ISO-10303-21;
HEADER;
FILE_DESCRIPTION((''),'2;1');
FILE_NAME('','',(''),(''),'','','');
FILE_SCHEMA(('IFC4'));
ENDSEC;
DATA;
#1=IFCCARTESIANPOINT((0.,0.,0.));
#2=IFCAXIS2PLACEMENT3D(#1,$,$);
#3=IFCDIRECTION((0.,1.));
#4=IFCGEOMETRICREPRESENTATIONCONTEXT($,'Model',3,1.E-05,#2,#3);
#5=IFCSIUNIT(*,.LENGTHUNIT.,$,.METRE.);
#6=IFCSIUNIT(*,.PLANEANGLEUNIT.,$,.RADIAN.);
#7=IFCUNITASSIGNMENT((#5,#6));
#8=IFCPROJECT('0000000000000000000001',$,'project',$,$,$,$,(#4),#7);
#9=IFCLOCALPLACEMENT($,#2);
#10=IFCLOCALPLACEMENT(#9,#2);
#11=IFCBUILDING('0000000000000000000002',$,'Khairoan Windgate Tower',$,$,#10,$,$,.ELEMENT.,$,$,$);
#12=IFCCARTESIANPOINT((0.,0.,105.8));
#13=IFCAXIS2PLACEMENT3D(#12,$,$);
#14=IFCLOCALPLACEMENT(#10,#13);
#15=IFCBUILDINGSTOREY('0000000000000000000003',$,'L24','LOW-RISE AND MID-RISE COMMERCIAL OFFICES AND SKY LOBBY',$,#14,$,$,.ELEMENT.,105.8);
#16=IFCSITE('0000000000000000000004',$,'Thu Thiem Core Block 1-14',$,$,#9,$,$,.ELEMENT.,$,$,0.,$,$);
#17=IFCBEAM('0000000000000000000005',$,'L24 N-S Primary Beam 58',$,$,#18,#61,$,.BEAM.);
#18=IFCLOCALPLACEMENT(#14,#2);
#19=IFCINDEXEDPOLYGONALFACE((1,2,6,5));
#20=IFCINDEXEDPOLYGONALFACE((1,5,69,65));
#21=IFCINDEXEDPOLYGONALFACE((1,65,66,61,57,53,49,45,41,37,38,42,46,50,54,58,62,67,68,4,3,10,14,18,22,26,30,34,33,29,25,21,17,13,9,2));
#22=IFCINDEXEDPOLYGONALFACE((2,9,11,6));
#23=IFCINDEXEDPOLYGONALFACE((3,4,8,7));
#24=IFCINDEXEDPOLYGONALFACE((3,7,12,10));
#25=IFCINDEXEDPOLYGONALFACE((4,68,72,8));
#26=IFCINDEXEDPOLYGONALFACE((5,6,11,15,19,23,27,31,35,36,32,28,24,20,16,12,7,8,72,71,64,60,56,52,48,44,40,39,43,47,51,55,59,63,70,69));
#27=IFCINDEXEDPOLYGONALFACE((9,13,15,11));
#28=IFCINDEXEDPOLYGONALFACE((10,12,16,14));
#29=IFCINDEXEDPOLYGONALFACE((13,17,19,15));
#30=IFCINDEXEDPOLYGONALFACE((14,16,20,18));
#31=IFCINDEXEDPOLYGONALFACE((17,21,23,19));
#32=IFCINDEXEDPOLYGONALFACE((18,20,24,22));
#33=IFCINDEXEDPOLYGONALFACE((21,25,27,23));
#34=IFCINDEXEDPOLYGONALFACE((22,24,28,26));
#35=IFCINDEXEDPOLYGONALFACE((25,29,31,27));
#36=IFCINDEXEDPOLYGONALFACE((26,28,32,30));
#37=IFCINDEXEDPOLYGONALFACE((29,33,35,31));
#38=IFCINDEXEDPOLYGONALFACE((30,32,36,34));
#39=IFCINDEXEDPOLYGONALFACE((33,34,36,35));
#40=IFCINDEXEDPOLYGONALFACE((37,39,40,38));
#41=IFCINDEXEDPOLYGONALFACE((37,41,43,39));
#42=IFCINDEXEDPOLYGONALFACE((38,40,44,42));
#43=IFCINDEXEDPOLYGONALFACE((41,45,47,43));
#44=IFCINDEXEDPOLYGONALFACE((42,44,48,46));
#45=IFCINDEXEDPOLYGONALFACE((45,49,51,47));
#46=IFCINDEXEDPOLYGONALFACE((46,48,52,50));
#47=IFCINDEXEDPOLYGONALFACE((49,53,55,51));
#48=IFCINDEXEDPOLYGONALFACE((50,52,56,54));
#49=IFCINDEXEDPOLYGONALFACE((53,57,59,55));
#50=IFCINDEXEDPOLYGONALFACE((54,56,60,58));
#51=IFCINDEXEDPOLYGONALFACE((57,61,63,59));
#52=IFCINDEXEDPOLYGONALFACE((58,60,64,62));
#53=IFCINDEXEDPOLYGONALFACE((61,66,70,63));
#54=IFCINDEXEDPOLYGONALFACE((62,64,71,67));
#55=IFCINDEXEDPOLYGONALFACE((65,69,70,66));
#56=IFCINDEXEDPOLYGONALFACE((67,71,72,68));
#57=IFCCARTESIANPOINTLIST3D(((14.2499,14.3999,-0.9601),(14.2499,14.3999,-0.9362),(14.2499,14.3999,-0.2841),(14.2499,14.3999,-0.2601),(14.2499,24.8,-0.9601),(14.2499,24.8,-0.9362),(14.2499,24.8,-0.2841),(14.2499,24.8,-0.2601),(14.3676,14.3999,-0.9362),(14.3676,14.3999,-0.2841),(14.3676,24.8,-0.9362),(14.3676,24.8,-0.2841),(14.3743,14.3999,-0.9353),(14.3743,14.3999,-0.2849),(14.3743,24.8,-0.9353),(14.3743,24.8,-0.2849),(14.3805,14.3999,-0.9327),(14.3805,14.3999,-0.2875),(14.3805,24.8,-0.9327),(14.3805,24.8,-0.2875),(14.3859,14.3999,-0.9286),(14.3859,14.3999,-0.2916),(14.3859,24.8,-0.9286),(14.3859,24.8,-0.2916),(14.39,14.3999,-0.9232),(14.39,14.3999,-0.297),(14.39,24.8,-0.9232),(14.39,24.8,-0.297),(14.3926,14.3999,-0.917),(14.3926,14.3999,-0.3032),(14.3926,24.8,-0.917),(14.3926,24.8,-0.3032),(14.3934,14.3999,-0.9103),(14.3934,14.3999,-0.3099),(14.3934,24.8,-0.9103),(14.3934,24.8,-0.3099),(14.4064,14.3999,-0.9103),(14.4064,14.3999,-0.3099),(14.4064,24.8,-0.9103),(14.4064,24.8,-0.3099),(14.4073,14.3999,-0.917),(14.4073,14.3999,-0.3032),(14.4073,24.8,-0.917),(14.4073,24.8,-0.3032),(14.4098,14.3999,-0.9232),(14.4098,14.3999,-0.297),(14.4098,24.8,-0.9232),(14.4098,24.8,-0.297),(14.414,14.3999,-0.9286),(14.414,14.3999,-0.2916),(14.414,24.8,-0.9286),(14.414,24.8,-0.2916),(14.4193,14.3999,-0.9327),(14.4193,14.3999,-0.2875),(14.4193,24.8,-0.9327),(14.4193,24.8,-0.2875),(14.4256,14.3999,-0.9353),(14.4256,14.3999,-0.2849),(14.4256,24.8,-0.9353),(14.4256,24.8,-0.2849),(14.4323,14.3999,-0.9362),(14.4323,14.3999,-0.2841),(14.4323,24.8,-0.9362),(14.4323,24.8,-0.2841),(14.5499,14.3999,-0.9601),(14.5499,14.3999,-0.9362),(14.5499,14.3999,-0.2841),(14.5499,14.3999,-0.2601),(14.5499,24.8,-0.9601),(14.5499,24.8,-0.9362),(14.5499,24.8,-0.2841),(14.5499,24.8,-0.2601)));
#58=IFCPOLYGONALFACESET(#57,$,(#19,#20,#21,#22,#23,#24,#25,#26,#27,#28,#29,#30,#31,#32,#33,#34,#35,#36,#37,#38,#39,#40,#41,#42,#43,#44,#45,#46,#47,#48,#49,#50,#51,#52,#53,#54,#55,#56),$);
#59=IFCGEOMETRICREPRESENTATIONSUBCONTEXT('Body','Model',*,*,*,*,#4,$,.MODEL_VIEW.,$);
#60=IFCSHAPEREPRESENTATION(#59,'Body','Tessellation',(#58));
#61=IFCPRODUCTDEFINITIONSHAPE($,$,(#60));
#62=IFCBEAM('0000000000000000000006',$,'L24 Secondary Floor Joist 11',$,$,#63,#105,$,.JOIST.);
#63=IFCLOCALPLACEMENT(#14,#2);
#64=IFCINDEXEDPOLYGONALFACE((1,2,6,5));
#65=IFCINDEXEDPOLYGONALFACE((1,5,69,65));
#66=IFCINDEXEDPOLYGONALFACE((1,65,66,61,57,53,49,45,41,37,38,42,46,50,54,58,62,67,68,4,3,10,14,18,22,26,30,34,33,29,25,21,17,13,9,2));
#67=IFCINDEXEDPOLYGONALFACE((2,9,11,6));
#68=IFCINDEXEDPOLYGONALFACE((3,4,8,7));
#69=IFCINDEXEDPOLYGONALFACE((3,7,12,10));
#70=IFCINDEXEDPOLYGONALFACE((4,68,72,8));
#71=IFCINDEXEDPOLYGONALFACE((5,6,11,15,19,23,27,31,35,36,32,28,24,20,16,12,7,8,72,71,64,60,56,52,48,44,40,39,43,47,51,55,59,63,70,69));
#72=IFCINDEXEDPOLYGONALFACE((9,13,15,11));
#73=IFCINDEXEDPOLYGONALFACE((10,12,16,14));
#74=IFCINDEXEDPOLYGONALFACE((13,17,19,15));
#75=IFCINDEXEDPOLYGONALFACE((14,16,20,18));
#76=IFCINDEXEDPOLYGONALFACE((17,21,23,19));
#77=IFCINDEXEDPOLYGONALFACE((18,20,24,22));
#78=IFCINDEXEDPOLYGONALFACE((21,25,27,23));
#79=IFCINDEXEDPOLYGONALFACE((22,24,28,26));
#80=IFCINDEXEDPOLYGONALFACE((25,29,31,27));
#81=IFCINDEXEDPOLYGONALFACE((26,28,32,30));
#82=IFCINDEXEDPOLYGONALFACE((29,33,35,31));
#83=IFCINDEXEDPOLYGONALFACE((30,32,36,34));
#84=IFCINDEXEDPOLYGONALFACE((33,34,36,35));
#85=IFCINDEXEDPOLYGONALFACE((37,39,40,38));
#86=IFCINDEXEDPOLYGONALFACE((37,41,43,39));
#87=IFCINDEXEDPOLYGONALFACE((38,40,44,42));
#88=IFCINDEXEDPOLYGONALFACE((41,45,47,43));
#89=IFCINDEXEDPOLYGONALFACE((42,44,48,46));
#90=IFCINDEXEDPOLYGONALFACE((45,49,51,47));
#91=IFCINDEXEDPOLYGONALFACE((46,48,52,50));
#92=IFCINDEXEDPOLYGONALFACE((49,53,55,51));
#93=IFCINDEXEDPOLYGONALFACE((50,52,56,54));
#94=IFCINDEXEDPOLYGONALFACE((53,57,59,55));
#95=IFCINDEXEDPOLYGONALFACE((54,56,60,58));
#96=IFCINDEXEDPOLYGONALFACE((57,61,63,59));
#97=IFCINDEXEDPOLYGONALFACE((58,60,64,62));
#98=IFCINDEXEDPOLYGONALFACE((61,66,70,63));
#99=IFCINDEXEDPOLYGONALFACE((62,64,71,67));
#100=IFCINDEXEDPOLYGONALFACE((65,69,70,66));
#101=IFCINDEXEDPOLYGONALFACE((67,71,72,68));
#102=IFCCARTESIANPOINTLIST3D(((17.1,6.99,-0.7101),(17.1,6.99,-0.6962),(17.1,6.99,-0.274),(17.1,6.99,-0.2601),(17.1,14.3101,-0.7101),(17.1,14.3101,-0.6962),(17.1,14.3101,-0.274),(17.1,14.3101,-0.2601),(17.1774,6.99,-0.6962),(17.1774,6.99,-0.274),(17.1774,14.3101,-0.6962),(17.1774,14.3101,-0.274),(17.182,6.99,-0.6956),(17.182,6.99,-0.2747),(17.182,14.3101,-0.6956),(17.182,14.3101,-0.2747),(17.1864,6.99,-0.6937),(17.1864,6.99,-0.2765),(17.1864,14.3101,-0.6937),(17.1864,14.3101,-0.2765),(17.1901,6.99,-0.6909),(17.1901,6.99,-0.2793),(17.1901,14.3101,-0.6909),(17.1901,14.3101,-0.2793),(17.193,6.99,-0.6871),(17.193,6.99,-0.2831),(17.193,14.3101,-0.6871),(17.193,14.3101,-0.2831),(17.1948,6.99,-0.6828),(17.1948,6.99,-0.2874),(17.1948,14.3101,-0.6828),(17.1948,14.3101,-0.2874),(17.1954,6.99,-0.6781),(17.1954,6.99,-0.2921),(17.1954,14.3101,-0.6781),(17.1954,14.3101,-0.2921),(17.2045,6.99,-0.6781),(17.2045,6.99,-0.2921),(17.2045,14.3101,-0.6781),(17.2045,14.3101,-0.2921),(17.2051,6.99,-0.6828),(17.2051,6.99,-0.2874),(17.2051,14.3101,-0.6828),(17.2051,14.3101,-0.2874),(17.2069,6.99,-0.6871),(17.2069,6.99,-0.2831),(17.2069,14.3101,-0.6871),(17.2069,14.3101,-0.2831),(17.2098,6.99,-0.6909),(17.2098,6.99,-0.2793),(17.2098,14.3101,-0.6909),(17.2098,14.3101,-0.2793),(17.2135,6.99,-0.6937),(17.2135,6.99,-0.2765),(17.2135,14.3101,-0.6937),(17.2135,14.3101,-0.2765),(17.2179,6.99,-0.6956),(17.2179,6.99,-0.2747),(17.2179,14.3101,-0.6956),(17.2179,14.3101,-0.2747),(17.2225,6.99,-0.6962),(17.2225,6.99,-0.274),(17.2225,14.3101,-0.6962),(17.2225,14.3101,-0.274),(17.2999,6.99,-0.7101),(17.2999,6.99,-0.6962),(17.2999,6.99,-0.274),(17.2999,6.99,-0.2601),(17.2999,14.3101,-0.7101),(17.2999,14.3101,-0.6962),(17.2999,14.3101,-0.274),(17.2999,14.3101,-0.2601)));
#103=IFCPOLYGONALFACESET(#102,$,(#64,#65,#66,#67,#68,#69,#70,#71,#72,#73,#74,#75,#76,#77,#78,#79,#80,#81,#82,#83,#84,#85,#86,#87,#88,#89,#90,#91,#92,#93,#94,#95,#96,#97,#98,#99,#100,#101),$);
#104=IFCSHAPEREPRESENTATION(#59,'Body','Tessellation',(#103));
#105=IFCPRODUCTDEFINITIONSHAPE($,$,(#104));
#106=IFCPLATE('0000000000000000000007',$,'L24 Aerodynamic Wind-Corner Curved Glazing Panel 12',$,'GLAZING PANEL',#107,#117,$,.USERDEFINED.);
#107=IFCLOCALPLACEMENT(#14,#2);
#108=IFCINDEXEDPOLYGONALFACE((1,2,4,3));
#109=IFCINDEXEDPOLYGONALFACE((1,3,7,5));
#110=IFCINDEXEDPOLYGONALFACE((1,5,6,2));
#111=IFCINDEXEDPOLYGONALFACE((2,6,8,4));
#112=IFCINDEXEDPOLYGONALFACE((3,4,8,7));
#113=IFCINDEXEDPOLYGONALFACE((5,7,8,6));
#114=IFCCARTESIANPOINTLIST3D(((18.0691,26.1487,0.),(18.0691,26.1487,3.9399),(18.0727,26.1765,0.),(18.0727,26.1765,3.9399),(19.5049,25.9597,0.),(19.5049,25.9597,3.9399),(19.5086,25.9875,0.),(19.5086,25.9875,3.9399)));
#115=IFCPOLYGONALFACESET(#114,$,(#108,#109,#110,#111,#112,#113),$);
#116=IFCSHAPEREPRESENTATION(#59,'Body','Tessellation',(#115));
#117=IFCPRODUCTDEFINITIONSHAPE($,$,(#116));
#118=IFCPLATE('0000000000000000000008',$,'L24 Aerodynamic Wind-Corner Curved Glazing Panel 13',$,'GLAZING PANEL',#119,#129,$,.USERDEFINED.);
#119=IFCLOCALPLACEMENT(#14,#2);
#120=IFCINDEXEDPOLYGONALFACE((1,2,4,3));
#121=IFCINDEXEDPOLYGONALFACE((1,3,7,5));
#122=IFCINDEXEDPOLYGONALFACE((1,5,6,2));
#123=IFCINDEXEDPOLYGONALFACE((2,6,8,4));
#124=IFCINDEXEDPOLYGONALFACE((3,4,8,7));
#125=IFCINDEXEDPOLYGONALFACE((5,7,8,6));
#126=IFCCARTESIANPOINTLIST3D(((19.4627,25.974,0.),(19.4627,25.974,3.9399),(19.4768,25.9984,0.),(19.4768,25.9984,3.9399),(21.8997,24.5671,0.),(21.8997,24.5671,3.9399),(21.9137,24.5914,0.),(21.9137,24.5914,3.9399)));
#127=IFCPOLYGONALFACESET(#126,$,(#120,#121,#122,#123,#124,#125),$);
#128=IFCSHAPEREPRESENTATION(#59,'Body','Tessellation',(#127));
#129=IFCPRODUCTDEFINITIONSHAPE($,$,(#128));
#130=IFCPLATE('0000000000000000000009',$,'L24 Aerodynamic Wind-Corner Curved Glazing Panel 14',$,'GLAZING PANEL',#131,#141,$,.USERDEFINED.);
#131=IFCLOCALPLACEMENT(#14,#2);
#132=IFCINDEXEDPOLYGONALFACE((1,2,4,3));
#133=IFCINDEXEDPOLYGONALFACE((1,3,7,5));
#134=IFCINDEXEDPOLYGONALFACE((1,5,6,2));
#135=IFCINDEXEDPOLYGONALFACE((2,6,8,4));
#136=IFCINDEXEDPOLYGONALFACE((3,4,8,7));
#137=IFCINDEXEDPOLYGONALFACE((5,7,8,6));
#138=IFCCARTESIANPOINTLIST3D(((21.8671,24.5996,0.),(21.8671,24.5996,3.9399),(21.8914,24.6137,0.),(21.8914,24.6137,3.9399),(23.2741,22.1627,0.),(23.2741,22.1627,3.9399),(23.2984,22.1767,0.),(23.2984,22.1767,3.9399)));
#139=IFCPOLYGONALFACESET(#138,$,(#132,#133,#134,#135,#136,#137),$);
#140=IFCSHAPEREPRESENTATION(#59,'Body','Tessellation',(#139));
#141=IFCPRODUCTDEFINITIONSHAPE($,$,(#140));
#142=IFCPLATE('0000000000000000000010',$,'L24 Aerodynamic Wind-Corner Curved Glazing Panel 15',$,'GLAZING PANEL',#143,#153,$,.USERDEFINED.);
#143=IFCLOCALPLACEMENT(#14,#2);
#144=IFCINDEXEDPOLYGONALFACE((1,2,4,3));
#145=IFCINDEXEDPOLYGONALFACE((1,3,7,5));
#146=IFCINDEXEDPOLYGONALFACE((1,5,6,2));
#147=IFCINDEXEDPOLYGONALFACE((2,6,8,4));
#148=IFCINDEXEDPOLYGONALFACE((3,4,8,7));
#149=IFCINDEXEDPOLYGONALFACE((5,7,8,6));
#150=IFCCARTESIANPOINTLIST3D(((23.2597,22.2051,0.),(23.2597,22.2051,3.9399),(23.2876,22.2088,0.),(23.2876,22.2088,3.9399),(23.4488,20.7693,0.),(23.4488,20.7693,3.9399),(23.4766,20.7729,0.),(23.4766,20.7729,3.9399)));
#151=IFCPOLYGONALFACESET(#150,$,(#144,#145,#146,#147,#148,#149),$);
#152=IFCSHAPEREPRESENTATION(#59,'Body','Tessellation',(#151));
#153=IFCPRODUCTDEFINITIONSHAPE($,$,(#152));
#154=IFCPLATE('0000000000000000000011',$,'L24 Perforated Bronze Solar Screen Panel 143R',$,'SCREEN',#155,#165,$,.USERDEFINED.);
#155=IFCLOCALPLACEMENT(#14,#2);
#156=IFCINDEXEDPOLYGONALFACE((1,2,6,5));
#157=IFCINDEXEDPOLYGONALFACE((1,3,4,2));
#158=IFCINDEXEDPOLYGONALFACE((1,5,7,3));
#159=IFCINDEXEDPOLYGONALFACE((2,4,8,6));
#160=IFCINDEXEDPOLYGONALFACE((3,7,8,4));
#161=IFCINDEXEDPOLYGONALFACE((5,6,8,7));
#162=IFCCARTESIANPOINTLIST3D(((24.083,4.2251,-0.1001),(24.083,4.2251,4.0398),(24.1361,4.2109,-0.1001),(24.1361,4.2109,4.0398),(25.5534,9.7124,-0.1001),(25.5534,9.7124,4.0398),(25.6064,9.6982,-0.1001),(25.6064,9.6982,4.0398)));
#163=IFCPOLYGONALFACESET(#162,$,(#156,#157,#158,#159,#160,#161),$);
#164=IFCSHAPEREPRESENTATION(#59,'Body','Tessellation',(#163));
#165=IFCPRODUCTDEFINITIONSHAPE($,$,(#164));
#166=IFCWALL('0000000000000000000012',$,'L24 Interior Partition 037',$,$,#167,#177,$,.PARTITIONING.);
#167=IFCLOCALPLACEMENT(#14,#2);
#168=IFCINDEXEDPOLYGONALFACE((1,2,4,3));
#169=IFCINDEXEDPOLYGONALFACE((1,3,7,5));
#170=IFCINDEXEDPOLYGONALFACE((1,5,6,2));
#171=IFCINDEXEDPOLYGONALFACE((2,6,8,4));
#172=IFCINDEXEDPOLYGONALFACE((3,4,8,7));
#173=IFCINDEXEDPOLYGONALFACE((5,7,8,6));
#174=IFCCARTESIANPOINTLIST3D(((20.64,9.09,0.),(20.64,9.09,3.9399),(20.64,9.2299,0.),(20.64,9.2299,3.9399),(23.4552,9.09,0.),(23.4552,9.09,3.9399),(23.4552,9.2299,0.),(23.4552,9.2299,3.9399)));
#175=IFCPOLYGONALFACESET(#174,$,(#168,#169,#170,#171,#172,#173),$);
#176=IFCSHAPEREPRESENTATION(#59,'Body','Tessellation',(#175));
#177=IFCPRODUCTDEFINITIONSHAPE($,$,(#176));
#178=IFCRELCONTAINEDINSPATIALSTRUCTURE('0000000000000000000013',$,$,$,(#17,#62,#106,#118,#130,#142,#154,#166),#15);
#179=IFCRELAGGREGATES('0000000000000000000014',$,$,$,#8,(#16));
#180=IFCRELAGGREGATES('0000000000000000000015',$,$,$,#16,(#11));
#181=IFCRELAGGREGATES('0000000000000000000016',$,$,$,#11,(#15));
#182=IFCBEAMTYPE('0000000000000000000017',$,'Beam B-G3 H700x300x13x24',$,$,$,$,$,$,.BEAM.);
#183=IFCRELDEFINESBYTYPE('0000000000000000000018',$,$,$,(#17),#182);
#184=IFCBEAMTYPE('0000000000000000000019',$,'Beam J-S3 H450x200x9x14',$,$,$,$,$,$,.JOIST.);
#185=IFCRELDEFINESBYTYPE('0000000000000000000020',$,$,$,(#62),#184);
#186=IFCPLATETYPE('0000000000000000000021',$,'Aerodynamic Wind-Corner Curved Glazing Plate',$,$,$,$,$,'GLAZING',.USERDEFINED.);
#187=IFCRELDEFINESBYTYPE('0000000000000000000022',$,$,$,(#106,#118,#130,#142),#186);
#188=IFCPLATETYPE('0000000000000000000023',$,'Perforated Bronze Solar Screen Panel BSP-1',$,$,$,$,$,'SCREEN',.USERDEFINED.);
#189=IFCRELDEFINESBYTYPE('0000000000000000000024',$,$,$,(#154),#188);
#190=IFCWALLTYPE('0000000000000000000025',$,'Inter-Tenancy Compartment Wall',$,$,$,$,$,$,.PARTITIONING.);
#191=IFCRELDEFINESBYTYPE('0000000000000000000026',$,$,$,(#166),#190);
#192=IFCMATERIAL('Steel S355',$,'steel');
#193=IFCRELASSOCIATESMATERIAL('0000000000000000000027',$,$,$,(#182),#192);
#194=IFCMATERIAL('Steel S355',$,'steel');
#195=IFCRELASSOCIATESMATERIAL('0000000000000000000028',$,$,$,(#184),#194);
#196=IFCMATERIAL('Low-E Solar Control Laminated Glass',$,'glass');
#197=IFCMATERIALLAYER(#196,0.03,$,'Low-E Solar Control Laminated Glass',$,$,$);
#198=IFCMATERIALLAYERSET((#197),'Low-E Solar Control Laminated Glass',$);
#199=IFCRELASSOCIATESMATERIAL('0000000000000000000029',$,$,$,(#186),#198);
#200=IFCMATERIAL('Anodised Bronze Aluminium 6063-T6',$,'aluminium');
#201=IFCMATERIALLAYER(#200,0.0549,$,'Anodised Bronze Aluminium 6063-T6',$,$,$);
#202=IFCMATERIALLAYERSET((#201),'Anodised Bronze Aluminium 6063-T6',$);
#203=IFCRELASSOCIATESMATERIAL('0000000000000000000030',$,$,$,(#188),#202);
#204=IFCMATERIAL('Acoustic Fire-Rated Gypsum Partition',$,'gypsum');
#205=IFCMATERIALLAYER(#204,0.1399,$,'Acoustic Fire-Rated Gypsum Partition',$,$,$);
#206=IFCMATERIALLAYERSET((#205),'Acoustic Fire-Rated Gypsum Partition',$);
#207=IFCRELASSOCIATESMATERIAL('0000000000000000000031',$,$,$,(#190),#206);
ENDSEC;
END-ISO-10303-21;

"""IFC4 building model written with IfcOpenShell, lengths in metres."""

from ifc_helpers import new_model, si_unit, direction, frame, frame_2d, origin, origin_2d, place, context, subcontext, project, spatial, rectangle, i_section, extrude, material, layer, layer_set, material_profile, profile_set, type_object, element, save


model = new_model("IFC4")

# Units and contexts
model_context = context("Model", 3, precision=1e-05, world=origin(), true_north=direction((0.0, 1.0)))
body_context = subcontext(model_context, "Body", "Model", "MODEL_VIEW")
ifc_project = project(units=[si_unit("LENGTHUNIT", "METRE"), si_unit("PLANEANGLEUNIT", "RADIAN")], contexts=[model_context])

# Site, building, storey
site_placement = place(None, origin())
site = spatial("IfcSite", under=ifc_project, at=site_placement, Name="Thu Thiem Core Block 1-14", CompositionType="ELEMENT", RefElevation=0.0)
building_placement = place(site_placement, origin())
building = spatial("IfcBuilding", under=site, at=building_placement, Name="Khairoan Windgate Tower", CompositionType="ELEMENT")
storey_placement = place(building_placement, frame((0.0, 0.0, 105.8)))
storey = spatial("IfcBuildingStorey", under=building, at=storey_placement, Name="L24", Description="LOW-RISE AND MID-RISE COMMERCIAL OFFICES AND SKY LOBBY", CompositionType="ELEMENT", Elevation=105.8)

# Beams
ifc_material_1 = material(Name="Steel S355", Category="steel")
ifc_material_profile_1 = material_profile(ifc_material_1, i_section(OverallWidth=0.3, OverallDepth=0.7, WebThickness=0.0129, FlangeThickness=0.0239, FilletRadius=0.0259, at=origin_2d()))
ifc_profile_set_1 = profile_set([ifc_material_profile_1], Name="Steel S355")
beam_type_1 = type_object("IfcBeamType", Name="Beam B-G3 H700x300x13x24", PredefinedType="BEAM", material=ifc_profile_set_1)
beam_1_placement = place(storey_placement, frame((14.3999, 14.3999, -0.6101), z_axis=(0.0, 1.0, 0.0), x_axis=(-1.0, 0.0, 0.0)))
element("IfcBeam", 1, at=beam_1_placement, inside=storey, type_object=beam_type_1, Name="L24 N-S Primary Beam 58", PredefinedType="BEAM", context=body_context, shape_type="SweptSolid", body=[
    extrude(i_section(OverallWidth=0.3, OverallDepth=0.7, WebThickness=0.0129, FlangeThickness=0.0239, FilletRadius=0.0259, at=origin_2d()), origin(), (0.0, 0.0, 1.0), 10.4001),
])
ifc_material_2 = material(Name="Steel S355", Category="steel")
ifc_material_profile_2 = material_profile(ifc_material_2, i_section(OverallWidth=0.2, OverallDepth=0.45, WebThickness=0.009, FlangeThickness=0.0139, FilletRadius=0.0181, at=origin_2d()))
ifc_profile_set_2 = profile_set([ifc_material_profile_2], Name="Steel S355")
beam_type_2 = type_object("IfcBeamType", Name="Beam J-S3 H450x200x9x14", PredefinedType="JOIST", material=ifc_profile_set_2)
beam_2_placement = place(storey_placement, frame((17.2, 6.99, -0.4851), z_axis=(0.0, 1.0, 0.0), x_axis=(-1.0, 0.0, 0.0)))
element("IfcBeam", 2, at=beam_2_placement, inside=storey, type_object=beam_type_2, Name="L24 Secondary Floor Joist 11", PredefinedType="JOIST", context=body_context, shape_type="SweptSolid", body=[
    extrude(i_section(OverallWidth=0.2, OverallDepth=0.45, WebThickness=0.009, FlangeThickness=0.0139, FilletRadius=0.0181, at=origin_2d()), origin(), (0.0, 0.0, 1.0), 7.3201),
])

# Plates
ifc_material_3 = material(Name="Low-E Solar Control Laminated Glass", Category="glass")
ifc_layer_1 = layer(ifc_material_3, 0.03, Name="Low-E Solar Control Laminated Glass")
ifc_layer_set_1 = layer_set([ifc_layer_1], Name="Low-E Solar Control Laminated Glass")
plate_type_1 = type_object("IfcPlateType", Name="Aerodynamic Wind-Corner Curved Glazing Plate", ElementType="GLAZING", PredefinedType="USERDEFINED", material=ifc_layer_set_1)
plate_1_placement = place(storey_placement, frame((18.7888, 26.0681, 0.0), z_axis=(0.0, 0.0, 1.0), x_axis=(0.991445, -0.130526, 0.0)))
element("IfcPlate", 3, at=plate_1_placement, inside=storey, type_object=plate_type_1, Name="L24 Aerodynamic Wind-Corner Curved Glazing Panel 12", ObjectType="GLAZING PANEL", PredefinedType="USERDEFINED", context=body_context, shape_type="SweptSolid", body=[
    extrude(rectangle(XDim=1.4482, YDim=0.0281, at=origin_2d()), origin(), (0.0, 0.0, 1.0), 3.9399),
])
for number, where, z_axis, x_axis, name in (
    (4, (20.6882, 25.2827, 0.0), (0.0, 0.0, 1.0), (0.866025, -0.5, 0.0), "L24 Aerodynamic Wind-Corner Curved Glazing Panel 13"),
    (5, (22.5828, 23.3882, 0.0), (0.0, 0.0, 1.0), (0.5, -0.866025, 0.0), "L24 Aerodynamic Wind-Corner Curved Glazing Panel 14"),
):
    element("IfcPlate", number, at=place(storey_placement, frame(where, z_axis=z_axis, x_axis=x_axis)), inside=storey, type_object=plate_type_1, Name=name, ObjectType="GLAZING PANEL", PredefinedType="USERDEFINED", context=body_context, shape_type="SweptSolid", body=[
        extrude(rectangle(XDim=2.814, YDim=0.0281, at=origin_2d()), origin(), (0.0, 0.0, 1.0), 3.9399),
    ])
plate_2_placement = place(storey_placement, frame((23.3682, 21.489, 0.0), z_axis=(0.0, 0.0, 1.0), x_axis=(0.130526, -0.991445, 0.0)))
element("IfcPlate", 6, at=plate_2_placement, inside=storey, type_object=plate_type_1, Name="L24 Aerodynamic Wind-Corner Curved Glazing Panel 15", ObjectType="GLAZING PANEL", PredefinedType="USERDEFINED", context=body_context, shape_type="SweptSolid", body=[
    extrude(rectangle(XDim=1.4482, YDim=0.0281, at=origin_2d()), origin(), (0.0, 0.0, 1.0), 3.9399),
])

# Plate
ifc_material_4 = material(Name="Anodised Bronze Aluminium 6063-T6", Category="aluminium")
ifc_layer_2 = layer(ifc_material_4, 0.0549, Name="Anodised Bronze Aluminium 6063-T6")
ifc_layer_set_2 = layer_set([ifc_layer_2], Name="Anodised Bronze Aluminium 6063-T6")
plate_type_2 = type_object("IfcPlateType", Name="Perforated Bronze Solar Screen Panel BSP-1", ElementType="SCREEN", PredefinedType="USERDEFINED", material=ifc_layer_set_2)
plate_3_placement = place(storey_placement, frame((24.8447, 6.9617, -0.1001), z_axis=(0.0, 0.0, 1.0), x_axis=(-0.258819, -0.965926, 0.0)))
element("IfcPlate", 7, at=plate_3_placement, inside=storey, type_object=plate_type_2, Name="L24 Perforated Bronze Solar Screen Panel 143R", ObjectType="SCREEN", PredefinedType="USERDEFINED", context=body_context, shape_type="SweptSolid", body=[
    extrude(rectangle(XDim=5.6809, YDim=0.0549, at=origin_2d()), origin(), (0.0, 0.0, 1.0), 4.1399),
])

# Wall
ifc_material_5 = material(Name="Acoustic Fire-Rated Gypsum Partition", Category="gypsum")
ifc_layer_3 = layer(ifc_material_5, 0.1399, Name="Acoustic Fire-Rated Gypsum Partition")
ifc_layer_set_3 = layer_set([ifc_layer_3], Name="Acoustic Fire-Rated Gypsum Partition")
wall_type_1 = type_object("IfcWallType", Name="Inter-Tenancy Compartment Wall", PredefinedType="PARTITIONING", material=ifc_layer_set_3)
wall_1_placement = place(storey_placement, frame((20.6399, 9.1599, 0.0), z_axis=(0.0, 0.0, 1.0), x_axis=(1.0, 0.0, 0.0)))
element("IfcWall", 8, at=wall_1_placement, inside=storey, type_object=wall_type_1, Name="L24 Interior Partition 037", PredefinedType="PARTITIONING", context=body_context, shape_type="SweptSolid", body=[
    extrude(rectangle(XDim=2.8152, YDim=0.1399, at=frame_2d((1.4077, 0.0))), origin(), (0.0, 0.0, 1.0), 3.9399),
])

save(model, "model.ifc")
